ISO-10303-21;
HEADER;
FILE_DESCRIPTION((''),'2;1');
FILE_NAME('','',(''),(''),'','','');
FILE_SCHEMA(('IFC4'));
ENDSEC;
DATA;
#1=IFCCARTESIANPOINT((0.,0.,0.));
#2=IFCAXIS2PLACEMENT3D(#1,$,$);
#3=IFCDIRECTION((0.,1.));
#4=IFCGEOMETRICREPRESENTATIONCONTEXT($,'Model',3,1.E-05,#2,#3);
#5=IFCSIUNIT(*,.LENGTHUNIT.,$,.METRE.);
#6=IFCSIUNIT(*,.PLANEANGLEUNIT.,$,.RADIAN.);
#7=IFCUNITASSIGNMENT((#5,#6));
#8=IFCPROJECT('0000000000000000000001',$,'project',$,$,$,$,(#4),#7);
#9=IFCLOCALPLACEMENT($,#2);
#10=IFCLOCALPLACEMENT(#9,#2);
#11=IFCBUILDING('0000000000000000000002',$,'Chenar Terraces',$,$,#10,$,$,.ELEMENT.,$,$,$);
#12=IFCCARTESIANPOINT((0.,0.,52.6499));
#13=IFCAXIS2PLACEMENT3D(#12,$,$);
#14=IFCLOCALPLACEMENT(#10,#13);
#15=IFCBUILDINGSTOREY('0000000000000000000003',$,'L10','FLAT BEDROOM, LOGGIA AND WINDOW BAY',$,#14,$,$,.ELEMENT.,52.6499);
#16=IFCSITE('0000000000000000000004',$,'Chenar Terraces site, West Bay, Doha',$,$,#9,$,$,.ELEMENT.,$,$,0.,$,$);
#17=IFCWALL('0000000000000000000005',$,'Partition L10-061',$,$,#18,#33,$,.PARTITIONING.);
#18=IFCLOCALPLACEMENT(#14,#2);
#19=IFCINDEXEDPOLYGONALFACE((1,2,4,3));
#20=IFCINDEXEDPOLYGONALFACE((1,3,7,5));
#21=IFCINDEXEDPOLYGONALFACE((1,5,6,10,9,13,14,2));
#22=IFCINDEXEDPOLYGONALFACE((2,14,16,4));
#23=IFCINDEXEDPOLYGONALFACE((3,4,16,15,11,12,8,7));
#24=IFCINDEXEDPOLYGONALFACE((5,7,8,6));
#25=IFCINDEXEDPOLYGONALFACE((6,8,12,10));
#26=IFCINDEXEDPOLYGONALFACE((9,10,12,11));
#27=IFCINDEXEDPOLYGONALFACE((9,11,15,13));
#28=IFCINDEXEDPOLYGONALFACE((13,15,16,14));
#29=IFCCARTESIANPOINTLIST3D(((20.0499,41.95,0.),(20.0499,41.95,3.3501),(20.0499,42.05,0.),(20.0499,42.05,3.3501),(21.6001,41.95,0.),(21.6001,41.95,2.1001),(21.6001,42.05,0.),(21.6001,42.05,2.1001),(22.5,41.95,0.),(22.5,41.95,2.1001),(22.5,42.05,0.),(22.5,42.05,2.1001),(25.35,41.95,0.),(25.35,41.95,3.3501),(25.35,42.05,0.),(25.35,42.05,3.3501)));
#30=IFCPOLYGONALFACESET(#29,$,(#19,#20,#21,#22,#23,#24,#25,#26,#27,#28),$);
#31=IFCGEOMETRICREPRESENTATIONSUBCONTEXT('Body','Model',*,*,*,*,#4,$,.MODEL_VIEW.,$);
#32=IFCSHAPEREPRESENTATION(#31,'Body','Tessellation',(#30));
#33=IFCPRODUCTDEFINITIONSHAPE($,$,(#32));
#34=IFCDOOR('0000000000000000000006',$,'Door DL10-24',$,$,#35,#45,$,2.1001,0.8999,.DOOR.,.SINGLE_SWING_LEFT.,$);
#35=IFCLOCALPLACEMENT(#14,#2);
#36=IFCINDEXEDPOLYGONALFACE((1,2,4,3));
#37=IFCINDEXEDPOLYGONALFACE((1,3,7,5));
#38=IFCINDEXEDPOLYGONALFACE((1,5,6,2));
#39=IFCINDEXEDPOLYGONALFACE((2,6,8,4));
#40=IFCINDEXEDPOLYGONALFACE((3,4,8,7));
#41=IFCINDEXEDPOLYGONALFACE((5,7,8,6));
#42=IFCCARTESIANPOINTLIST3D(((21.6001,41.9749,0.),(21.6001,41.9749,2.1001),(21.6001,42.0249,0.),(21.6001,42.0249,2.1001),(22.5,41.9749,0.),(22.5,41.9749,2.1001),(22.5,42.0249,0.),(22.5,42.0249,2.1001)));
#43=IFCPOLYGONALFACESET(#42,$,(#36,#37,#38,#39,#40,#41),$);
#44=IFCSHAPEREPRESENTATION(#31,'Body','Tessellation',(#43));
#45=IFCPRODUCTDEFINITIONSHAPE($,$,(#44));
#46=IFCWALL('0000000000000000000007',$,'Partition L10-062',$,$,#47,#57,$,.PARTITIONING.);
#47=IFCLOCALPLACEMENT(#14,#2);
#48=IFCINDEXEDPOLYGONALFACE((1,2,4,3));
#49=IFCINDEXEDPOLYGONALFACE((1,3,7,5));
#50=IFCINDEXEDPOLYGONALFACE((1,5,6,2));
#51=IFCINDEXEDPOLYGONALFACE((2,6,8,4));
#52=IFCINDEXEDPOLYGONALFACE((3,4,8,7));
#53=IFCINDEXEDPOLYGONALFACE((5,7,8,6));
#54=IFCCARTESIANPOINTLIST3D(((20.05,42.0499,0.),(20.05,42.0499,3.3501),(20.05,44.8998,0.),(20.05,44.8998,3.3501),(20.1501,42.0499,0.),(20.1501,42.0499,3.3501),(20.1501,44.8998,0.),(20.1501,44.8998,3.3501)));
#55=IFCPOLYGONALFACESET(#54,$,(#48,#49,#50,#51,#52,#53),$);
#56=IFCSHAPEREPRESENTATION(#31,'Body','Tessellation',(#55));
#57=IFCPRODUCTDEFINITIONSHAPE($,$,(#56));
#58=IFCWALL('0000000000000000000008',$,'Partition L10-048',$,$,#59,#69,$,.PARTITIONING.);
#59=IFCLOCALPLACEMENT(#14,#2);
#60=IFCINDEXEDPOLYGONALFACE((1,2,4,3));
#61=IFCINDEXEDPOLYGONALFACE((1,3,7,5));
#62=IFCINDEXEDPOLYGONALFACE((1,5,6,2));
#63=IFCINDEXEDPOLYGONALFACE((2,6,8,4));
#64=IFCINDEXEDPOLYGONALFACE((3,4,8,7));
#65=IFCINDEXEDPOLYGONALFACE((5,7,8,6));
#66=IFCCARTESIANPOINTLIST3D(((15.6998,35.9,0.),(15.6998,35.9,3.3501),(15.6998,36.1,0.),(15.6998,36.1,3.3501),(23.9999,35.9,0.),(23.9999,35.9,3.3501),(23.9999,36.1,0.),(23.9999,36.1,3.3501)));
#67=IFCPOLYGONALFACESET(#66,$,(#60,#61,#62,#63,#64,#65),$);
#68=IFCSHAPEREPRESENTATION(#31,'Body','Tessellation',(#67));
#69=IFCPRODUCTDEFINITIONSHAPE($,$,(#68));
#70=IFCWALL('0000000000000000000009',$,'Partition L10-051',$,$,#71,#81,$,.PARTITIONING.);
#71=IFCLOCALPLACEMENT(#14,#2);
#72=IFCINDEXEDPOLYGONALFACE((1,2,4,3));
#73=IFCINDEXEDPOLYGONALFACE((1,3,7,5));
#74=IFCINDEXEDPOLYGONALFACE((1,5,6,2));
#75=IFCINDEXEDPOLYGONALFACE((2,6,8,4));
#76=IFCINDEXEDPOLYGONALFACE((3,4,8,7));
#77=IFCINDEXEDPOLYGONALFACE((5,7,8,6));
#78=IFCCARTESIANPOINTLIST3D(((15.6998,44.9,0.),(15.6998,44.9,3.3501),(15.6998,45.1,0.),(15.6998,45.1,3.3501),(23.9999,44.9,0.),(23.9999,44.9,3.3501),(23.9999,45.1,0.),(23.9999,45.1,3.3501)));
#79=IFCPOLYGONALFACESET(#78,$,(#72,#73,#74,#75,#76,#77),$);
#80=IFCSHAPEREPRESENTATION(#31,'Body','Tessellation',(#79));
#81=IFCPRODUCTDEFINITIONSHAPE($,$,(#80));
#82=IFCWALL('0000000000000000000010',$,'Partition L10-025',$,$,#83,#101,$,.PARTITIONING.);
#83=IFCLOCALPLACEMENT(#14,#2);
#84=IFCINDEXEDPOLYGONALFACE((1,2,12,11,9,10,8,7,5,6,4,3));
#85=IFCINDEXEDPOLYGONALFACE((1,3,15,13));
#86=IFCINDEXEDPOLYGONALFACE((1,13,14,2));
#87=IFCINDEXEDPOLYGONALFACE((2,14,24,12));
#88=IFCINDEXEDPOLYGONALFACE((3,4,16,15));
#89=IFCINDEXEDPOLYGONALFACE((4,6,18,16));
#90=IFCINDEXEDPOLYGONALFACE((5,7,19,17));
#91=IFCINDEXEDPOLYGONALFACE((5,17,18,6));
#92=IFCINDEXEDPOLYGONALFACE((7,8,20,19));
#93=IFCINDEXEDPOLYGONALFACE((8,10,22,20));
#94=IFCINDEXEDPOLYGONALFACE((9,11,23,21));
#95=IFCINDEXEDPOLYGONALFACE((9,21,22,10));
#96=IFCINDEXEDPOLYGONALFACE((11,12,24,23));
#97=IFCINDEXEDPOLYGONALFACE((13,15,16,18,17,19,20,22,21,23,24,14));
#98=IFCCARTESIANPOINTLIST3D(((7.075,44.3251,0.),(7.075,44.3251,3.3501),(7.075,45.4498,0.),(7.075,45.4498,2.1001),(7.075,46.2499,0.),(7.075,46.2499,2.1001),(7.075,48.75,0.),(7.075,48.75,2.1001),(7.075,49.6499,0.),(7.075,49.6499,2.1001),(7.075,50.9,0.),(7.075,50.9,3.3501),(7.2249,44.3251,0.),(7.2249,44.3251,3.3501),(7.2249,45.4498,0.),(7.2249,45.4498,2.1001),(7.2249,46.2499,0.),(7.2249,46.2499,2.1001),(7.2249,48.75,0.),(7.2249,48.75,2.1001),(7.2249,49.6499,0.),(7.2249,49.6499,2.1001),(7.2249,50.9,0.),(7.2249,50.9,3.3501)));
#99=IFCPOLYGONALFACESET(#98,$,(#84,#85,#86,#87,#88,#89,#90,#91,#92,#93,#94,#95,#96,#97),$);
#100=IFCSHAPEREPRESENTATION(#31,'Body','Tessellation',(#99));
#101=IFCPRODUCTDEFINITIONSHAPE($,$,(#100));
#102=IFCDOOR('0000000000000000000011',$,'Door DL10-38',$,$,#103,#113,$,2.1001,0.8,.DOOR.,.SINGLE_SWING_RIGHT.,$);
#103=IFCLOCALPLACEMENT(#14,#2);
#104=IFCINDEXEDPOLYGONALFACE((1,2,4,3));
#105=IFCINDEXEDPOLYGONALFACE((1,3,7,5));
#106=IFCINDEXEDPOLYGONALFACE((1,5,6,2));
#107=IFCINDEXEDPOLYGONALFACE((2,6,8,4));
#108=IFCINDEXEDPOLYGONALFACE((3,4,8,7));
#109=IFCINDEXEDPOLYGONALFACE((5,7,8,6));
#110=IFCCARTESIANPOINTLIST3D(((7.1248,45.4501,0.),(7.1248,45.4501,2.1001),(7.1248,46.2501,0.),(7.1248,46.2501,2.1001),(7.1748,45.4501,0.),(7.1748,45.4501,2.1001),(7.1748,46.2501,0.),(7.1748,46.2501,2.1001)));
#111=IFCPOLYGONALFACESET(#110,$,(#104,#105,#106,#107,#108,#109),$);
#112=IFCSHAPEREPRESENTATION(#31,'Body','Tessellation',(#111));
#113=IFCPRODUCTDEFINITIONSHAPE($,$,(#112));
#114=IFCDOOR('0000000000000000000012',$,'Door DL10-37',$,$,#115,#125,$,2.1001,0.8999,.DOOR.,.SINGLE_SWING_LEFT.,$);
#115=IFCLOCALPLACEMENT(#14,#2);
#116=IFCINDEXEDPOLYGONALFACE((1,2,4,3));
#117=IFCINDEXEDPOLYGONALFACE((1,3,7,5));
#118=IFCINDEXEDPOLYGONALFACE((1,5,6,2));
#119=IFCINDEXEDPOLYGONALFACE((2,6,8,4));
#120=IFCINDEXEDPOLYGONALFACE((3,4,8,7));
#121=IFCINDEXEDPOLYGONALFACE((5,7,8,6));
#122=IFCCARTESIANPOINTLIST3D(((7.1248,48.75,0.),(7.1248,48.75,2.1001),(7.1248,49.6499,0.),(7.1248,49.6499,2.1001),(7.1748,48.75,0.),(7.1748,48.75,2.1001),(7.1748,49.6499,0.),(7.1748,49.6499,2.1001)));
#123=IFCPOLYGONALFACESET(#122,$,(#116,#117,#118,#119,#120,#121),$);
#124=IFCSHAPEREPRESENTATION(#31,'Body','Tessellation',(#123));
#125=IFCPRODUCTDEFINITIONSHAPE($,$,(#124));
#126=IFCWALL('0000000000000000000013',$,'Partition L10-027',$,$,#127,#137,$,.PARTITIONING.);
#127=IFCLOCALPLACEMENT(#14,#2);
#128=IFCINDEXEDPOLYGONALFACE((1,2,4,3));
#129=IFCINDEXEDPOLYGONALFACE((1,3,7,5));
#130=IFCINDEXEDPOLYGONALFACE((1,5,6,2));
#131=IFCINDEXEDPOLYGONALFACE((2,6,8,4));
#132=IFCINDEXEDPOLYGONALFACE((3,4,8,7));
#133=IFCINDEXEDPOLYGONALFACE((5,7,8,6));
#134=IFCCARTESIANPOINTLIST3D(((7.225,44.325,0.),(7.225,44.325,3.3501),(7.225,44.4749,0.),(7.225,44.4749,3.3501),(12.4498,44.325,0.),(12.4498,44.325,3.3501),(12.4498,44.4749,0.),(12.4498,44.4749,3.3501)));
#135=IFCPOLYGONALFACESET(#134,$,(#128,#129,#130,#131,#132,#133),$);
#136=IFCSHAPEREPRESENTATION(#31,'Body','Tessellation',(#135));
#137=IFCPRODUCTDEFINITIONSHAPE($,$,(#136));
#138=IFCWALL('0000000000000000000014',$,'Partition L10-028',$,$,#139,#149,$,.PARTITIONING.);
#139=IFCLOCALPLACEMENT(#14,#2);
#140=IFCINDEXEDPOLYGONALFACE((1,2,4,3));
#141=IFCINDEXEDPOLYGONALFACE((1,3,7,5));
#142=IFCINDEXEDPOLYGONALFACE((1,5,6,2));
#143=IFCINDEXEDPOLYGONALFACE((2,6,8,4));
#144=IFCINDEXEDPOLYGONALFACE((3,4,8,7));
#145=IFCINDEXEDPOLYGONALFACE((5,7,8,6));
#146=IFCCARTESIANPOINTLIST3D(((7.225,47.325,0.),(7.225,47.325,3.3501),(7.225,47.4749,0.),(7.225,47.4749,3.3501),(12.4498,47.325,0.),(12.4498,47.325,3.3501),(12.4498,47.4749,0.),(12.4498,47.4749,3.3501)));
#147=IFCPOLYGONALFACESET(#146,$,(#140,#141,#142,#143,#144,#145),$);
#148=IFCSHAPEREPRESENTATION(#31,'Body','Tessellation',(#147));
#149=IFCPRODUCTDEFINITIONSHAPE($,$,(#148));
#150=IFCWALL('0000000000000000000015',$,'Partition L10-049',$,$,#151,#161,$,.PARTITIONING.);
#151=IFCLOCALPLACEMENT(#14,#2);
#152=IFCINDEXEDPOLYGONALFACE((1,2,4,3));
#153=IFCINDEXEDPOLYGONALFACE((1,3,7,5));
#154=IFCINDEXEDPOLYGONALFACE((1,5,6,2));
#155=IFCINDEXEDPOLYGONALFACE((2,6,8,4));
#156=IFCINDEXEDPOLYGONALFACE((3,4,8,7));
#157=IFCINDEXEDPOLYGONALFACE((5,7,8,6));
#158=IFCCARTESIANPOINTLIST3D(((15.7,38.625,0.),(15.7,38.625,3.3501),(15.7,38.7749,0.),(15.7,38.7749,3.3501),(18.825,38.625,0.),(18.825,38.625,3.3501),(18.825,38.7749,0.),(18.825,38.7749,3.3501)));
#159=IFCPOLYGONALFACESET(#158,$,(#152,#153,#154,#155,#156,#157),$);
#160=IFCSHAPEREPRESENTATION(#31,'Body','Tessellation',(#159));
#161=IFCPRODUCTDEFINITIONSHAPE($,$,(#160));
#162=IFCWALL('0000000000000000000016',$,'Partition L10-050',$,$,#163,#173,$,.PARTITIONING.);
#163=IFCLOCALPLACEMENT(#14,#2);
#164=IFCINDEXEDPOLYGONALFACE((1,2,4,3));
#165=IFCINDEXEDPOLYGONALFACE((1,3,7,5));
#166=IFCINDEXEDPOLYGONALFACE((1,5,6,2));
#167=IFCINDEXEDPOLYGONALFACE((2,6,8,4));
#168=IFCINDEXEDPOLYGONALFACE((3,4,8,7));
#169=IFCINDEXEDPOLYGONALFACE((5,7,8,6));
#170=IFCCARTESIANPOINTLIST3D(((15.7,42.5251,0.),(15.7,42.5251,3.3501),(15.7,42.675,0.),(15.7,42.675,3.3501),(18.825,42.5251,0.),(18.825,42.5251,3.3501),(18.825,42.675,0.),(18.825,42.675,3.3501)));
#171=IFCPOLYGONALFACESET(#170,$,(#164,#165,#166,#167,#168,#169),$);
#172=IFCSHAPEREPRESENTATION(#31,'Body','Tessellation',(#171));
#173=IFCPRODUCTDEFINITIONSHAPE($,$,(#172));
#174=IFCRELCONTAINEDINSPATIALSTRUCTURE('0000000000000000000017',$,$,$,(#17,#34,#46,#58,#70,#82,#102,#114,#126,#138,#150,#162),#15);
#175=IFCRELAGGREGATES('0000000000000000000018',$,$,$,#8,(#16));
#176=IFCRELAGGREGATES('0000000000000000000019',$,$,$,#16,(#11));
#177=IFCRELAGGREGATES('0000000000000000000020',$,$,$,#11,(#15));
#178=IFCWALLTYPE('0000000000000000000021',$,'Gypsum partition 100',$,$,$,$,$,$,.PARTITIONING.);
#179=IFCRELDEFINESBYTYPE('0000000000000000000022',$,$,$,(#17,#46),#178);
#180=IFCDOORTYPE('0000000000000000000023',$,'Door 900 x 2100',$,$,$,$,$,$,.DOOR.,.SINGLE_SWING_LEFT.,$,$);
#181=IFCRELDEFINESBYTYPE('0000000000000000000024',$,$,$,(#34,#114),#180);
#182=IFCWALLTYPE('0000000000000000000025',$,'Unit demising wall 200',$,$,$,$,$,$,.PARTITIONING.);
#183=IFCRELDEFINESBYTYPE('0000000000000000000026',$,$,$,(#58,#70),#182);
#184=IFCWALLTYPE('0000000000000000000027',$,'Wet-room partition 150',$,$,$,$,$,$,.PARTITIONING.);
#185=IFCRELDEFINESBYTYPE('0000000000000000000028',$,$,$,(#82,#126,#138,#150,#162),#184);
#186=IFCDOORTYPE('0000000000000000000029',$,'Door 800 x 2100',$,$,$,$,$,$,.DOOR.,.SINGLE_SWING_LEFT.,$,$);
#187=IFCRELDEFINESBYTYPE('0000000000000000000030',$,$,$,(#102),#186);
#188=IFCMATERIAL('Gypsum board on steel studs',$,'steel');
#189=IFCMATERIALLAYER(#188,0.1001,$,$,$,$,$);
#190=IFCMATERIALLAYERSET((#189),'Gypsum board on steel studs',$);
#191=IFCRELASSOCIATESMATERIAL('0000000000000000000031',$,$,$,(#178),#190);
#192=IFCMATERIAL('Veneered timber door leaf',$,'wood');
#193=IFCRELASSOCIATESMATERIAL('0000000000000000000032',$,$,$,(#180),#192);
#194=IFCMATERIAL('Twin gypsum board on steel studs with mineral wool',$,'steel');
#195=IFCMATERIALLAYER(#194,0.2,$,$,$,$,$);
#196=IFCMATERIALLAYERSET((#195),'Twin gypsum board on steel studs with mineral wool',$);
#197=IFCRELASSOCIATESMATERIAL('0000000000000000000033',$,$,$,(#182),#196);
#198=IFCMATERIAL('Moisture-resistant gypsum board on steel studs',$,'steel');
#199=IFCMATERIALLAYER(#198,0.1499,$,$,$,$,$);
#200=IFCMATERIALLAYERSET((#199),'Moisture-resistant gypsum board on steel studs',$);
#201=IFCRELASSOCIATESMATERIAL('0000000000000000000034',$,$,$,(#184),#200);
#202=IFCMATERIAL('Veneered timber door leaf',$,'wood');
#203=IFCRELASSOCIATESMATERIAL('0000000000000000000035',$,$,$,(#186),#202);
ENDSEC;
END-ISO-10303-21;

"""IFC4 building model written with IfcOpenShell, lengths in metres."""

from ifc_helpers import new_model, si_unit, direction, frame, frame_2d, origin, place, context, subcontext, project, spatial, rectangle, extrude, material, layer, layer_set, type_object, element, fill, save


model = new_model("IFC4")

# Units and contexts
model_context = context("Model", 3, precision=1e-05, world=origin(), true_north=direction((0.0, 1.0)))
body_context = subcontext(model_context, "Body", "Model", "MODEL_VIEW")
ifc_project = project(units=[si_unit("LENGTHUNIT", "METRE"), si_unit("PLANEANGLEUNIT", "RADIAN")], contexts=[model_context])

# Site, building, storey
site_placement = place(None, origin())
site = spatial("IfcSite", under=ifc_project, at=site_placement, Name="Chenar Terraces site, West Bay, Doha", CompositionType="ELEMENT", RefElevation=0.0)
building_placement = place(site_placement, origin())
building = spatial("IfcBuilding", under=site, at=building_placement, Name="Chenar Terraces", CompositionType="ELEMENT")
storey_placement = place(building_placement, frame((0.0, 0.0, 52.6499)))
storey = spatial("IfcBuildingStorey", under=building, at=storey_placement, Name="L10", Description="FLAT BEDROOM, LOGGIA AND WINDOW BAY", CompositionType="ELEMENT", Elevation=52.6499)

# Wall, opening, door
ifc_material_1 = material(Name="Gypsum board on steel studs", Category="steel")
ifc_layer_1 = layer(ifc_material_1, 0.1001)
ifc_layer_set_1 = layer_set([ifc_layer_1], Name="Gypsum board on steel studs")
wall_type_1 = type_object("IfcWallType", Name="Gypsum partition 100", PredefinedType="PARTITIONING", material=ifc_layer_set_1)
wall_1_placement = place(storey_placement, frame((20.05, 42.0, 0.0), z_axis=(0.0, 0.0, 1.0), x_axis=(1.0, 0.0, 0.0)))
wall_1 = element("IfcWall", 1, at=wall_1_placement, inside=storey, type_object=wall_type_1, Name="Partition L10-061", PredefinedType="PARTITIONING", context=body_context, shape_type="SweptSolid", body=[
    extrude(rectangle(XDim=5.3, YDim=0.1001, at=frame_2d((2.6499, 0.0))), origin(), (0.0, 0.0, 1.0), 3.3501),
])
opening_1_placement = place(wall_1_placement, frame((1.55, 0.0, 0.0)))
opening_1 = element("IfcOpeningElement", 2, at=opening_1_placement, cuts=wall_1, PredefinedType="OPENING", context=body_context, shape_type="SweptSolid", body=[
    extrude(rectangle(XDim=0.8999, YDim=2.1001, at=frame_2d((0.45, 1.05))), frame((0.0, 0.0601, 0.0), z_axis=(0.0, -1.0, 0.0), x_axis=(1.0, 0.0, 0.0)), (0.0, 0.0, 1.0), 0.1201),
])
ifc_material_2 = material(Name="Veneered timber door leaf", Category="wood")
door_type_1 = type_object("IfcDoorType", Name="Door 900 x 2100", OperationType="SINGLE_SWING_LEFT", PredefinedType="DOOR", material=ifc_material_2)
door_1_placement = place(opening_1_placement, origin())
door_1 = element("IfcDoor", 3, at=door_1_placement, inside=storey, type_object=door_type_1, Name="Door DL10-24", OperationType="SINGLE_SWING_LEFT", OverallHeight=2.1001, OverallWidth=0.8999, PredefinedType="DOOR", context=body_context, shape_type="SweptSolid", body=[
    extrude(rectangle(XDim=0.8999, YDim=2.1001, at=frame_2d((0.45, 1.05))), frame((0.0, 0.0249, 0.0), z_axis=(0.0, -1.0, 0.0), x_axis=(1.0, 0.0, 0.0)), (0.0, 0.0, 1.0), 0.05),
])
fill(opening_1, door_1)

# Walls
wall_2_placement = place(storey_placement, frame((20.1001, 42.05, 0.0), z_axis=(0.0, 0.0, 1.0), x_axis=(0.0, 1.0, 0.0)))
element("IfcWall", 4, at=wall_2_placement, inside=storey, type_object=wall_type_1, Name="Partition L10-062", PredefinedType="PARTITIONING", context=body_context, shape_type="SweptSolid", body=[
    extrude(rectangle(XDim=2.8499, YDim=0.1001, at=frame_2d((1.4248, 0.0))), origin(), (0.0, 0.0, 1.0), 3.3501),
])
ifc_material_3 = material(Name="Twin gypsum board on steel studs with mineral wool", Category="steel")
ifc_layer_2 = layer(ifc_material_3, 0.2)
ifc_layer_set_2 = layer_set([ifc_layer_2], Name="Twin gypsum board on steel studs with mineral wool")
wall_type_2 = type_object("IfcWallType", Name="Unit demising wall 200", PredefinedType="PARTITIONING", material=ifc_layer_set_2)
for number, where, z_axis, x_axis, name in (
    (5, (15.7, 36.0, 0.0), (0.0, 0.0, 1.0), (1.0, 0.0, 0.0), "Partition L10-048"),
    (6, (15.7, 45.0, 0.0), (0.0, 0.0, 1.0), (1.0, 0.0, 0.0), "Partition L10-051"),
):
    element("IfcWall", number, at=place(storey_placement, frame(where, z_axis=z_axis, x_axis=x_axis)), inside=storey, type_object=wall_type_2, Name=name, PredefinedType="PARTITIONING", context=body_context, shape_type="SweptSolid", body=[
        extrude(rectangle(XDim=8.3, YDim=0.2, at=frame_2d((4.1499, 0.0))), origin(), (0.0, 0.0, 1.0), 3.3501),
    ])

# Wall, openings, doors
ifc_material_4 = material(Name="Moisture-resistant gypsum board on steel studs", Category="steel")
ifc_layer_3 = layer(ifc_material_4, 0.1499)
ifc_layer_set_3 = layer_set([ifc_layer_3], Name="Moisture-resistant gypsum board on steel studs")
wall_type_3 = type_object("IfcWallType", Name="Wet-room partition 150", PredefinedType="PARTITIONING", material=ifc_layer_set_3)
wall_3_placement = place(storey_placement, frame((7.1499, 44.325, 0.0), z_axis=(0.0, 0.0, 1.0), x_axis=(0.0, 1.0, 0.0)))
wall_3 = element("IfcWall", 7, at=wall_3_placement, inside=storey, type_object=wall_type_3, Name="Partition L10-025", PredefinedType="PARTITIONING", context=body_context, shape_type="SweptSolid", body=[
    extrude(rectangle(XDim=6.575, YDim=0.1499, at=frame_2d((3.2876, 0.0))), origin(), (0.0, 0.0, 1.0), 3.3501),
])
opening_2_placement = place(wall_3_placement, frame((4.425, 0.0, 0.0)))
opening_2 = element("IfcOpeningElement", 8, at=opening_2_placement, cuts=wall_3, PredefinedType="OPENING", context=body_context, shape_type="SweptSolid", body=[
    extrude(rectangle(XDim=0.8999, YDim=2.1001, at=frame_2d((0.45, 1.05))), frame((0.0, 0.085, 0.0), z_axis=(0.0, -1.0, 0.0), x_axis=(1.0, 0.0, 0.0)), (0.0, 0.0, 1.0), 0.1699),
])
opening_3_placement = place(wall_3_placement, frame((1.125, 0.0, 0.0)))
opening_3 = element("IfcOpeningElement", 9, at=opening_3_placement, cuts=wall_3, PredefinedType="OPENING", context=body_context, shape_type="SweptSolid", body=[
    extrude(rectangle(XDim=0.8, YDim=2.1001, at=frame_2d((0.3999, 1.05))), frame((0.0, 0.085, 0.0), z_axis=(0.0, -1.0, 0.0), x_axis=(1.0, 0.0, 0.0)), (0.0, 0.0, 1.0), 0.1699),
])
ifc_material_5 = material(Name="Veneered timber door leaf", Category="wood")
door_type_2 = type_object("IfcDoorType", Name="Door 800 x 2100", OperationType="SINGLE_SWING_LEFT", PredefinedType="DOOR", material=ifc_material_5)
door_2_placement = place(opening_3_placement, frame((0.8, 0.0, 0.0), z_axis=(0.0, 0.0, 1.0), x_axis=(-1.0, 0.0, 0.0)))
door_2 = element("IfcDoor", 10, at=door_2_placement, inside=storey, type_object=door_type_2, Name="Door DL10-38", OperationType="SINGLE_SWING_RIGHT", OverallHeight=2.1001, OverallWidth=0.8, PredefinedType="DOOR", context=body_context, shape_type="SweptSolid", body=[
    extrude(rectangle(XDim=0.8, YDim=2.1001, at=frame_2d((0.3999, 1.05))), frame((0.0, 0.0249, 0.0), z_axis=(0.0, -1.0, 0.0), x_axis=(1.0, 0.0, 0.0)), (0.0, 0.0, 1.0), 0.05),
])
fill(opening_3, door_2)
door_3_placement = place(opening_2_placement, frame((0.8999, 0.0, 0.0), z_axis=(0.0, 0.0, 1.0), x_axis=(-1.0, 0.0, 0.0)))
door_3 = element("IfcDoor", 11, at=door_3_placement, inside=storey, type_object=door_type_1, Name="Door DL10-37", OperationType="SINGLE_SWING_LEFT", OverallHeight=2.1001, OverallWidth=0.8999, PredefinedType="DOOR", context=body_context, shape_type="SweptSolid", body=[
    extrude(rectangle(XDim=0.8999, YDim=2.1001, at=frame_2d((0.45, 1.05))), frame((0.0, 0.0249, 0.0), z_axis=(0.0, -1.0, 0.0), x_axis=(1.0, 0.0, 0.0)), (0.0, 0.0, 1.0), 0.05),
])
fill(opening_2, door_3)

# Walls
for number, where, z_axis, x_axis, name in (
    (12, (7.2251, 44.3999, 0.0), (0.0, 0.0, 1.0), (1.0, 0.0, 0.0), "Partition L10-027"),
    (13, (7.2251, 47.3999, 0.0), (0.0, 0.0, 1.0), (1.0, 0.0, 0.0), "Partition L10-028"),
):
    element("IfcWall", number, at=place(storey_placement, frame(where, z_axis=z_axis, x_axis=x_axis)), inside=storey, type_object=wall_type_3, Name=name, PredefinedType="PARTITIONING", context=body_context, shape_type="SweptSolid", body=[
        extrude(rectangle(XDim=5.2249, YDim=0.1499, at=frame_2d((2.6123, 0.0))), origin(), (0.0, 0.0, 1.0), 3.3501),
    ])
for number, where, z_axis, x_axis, name in (
    (14, (15.7, 38.7, 0.0), (0.0, 0.0, 1.0), (1.0, 0.0, 0.0), "Partition L10-049"),
    (15, (15.7, 42.6001, 0.0), (0.0, 0.0, 1.0), (1.0, 0.0, 0.0), "Partition L10-050"),
):
    element("IfcWall", number, at=place(storey_placement, frame(where, z_axis=z_axis, x_axis=x_axis)), inside=storey, type_object=wall_type_3, Name=name, PredefinedType="PARTITIONING", context=body_context, shape_type="SweptSolid", body=[
        extrude(rectangle(XDim=3.125, YDim=0.1499, at=frame_2d((1.5625, 0.0))), origin(), (0.0, 0.0, 1.0), 3.3501),
    ])

save(model, "model.ifc")
